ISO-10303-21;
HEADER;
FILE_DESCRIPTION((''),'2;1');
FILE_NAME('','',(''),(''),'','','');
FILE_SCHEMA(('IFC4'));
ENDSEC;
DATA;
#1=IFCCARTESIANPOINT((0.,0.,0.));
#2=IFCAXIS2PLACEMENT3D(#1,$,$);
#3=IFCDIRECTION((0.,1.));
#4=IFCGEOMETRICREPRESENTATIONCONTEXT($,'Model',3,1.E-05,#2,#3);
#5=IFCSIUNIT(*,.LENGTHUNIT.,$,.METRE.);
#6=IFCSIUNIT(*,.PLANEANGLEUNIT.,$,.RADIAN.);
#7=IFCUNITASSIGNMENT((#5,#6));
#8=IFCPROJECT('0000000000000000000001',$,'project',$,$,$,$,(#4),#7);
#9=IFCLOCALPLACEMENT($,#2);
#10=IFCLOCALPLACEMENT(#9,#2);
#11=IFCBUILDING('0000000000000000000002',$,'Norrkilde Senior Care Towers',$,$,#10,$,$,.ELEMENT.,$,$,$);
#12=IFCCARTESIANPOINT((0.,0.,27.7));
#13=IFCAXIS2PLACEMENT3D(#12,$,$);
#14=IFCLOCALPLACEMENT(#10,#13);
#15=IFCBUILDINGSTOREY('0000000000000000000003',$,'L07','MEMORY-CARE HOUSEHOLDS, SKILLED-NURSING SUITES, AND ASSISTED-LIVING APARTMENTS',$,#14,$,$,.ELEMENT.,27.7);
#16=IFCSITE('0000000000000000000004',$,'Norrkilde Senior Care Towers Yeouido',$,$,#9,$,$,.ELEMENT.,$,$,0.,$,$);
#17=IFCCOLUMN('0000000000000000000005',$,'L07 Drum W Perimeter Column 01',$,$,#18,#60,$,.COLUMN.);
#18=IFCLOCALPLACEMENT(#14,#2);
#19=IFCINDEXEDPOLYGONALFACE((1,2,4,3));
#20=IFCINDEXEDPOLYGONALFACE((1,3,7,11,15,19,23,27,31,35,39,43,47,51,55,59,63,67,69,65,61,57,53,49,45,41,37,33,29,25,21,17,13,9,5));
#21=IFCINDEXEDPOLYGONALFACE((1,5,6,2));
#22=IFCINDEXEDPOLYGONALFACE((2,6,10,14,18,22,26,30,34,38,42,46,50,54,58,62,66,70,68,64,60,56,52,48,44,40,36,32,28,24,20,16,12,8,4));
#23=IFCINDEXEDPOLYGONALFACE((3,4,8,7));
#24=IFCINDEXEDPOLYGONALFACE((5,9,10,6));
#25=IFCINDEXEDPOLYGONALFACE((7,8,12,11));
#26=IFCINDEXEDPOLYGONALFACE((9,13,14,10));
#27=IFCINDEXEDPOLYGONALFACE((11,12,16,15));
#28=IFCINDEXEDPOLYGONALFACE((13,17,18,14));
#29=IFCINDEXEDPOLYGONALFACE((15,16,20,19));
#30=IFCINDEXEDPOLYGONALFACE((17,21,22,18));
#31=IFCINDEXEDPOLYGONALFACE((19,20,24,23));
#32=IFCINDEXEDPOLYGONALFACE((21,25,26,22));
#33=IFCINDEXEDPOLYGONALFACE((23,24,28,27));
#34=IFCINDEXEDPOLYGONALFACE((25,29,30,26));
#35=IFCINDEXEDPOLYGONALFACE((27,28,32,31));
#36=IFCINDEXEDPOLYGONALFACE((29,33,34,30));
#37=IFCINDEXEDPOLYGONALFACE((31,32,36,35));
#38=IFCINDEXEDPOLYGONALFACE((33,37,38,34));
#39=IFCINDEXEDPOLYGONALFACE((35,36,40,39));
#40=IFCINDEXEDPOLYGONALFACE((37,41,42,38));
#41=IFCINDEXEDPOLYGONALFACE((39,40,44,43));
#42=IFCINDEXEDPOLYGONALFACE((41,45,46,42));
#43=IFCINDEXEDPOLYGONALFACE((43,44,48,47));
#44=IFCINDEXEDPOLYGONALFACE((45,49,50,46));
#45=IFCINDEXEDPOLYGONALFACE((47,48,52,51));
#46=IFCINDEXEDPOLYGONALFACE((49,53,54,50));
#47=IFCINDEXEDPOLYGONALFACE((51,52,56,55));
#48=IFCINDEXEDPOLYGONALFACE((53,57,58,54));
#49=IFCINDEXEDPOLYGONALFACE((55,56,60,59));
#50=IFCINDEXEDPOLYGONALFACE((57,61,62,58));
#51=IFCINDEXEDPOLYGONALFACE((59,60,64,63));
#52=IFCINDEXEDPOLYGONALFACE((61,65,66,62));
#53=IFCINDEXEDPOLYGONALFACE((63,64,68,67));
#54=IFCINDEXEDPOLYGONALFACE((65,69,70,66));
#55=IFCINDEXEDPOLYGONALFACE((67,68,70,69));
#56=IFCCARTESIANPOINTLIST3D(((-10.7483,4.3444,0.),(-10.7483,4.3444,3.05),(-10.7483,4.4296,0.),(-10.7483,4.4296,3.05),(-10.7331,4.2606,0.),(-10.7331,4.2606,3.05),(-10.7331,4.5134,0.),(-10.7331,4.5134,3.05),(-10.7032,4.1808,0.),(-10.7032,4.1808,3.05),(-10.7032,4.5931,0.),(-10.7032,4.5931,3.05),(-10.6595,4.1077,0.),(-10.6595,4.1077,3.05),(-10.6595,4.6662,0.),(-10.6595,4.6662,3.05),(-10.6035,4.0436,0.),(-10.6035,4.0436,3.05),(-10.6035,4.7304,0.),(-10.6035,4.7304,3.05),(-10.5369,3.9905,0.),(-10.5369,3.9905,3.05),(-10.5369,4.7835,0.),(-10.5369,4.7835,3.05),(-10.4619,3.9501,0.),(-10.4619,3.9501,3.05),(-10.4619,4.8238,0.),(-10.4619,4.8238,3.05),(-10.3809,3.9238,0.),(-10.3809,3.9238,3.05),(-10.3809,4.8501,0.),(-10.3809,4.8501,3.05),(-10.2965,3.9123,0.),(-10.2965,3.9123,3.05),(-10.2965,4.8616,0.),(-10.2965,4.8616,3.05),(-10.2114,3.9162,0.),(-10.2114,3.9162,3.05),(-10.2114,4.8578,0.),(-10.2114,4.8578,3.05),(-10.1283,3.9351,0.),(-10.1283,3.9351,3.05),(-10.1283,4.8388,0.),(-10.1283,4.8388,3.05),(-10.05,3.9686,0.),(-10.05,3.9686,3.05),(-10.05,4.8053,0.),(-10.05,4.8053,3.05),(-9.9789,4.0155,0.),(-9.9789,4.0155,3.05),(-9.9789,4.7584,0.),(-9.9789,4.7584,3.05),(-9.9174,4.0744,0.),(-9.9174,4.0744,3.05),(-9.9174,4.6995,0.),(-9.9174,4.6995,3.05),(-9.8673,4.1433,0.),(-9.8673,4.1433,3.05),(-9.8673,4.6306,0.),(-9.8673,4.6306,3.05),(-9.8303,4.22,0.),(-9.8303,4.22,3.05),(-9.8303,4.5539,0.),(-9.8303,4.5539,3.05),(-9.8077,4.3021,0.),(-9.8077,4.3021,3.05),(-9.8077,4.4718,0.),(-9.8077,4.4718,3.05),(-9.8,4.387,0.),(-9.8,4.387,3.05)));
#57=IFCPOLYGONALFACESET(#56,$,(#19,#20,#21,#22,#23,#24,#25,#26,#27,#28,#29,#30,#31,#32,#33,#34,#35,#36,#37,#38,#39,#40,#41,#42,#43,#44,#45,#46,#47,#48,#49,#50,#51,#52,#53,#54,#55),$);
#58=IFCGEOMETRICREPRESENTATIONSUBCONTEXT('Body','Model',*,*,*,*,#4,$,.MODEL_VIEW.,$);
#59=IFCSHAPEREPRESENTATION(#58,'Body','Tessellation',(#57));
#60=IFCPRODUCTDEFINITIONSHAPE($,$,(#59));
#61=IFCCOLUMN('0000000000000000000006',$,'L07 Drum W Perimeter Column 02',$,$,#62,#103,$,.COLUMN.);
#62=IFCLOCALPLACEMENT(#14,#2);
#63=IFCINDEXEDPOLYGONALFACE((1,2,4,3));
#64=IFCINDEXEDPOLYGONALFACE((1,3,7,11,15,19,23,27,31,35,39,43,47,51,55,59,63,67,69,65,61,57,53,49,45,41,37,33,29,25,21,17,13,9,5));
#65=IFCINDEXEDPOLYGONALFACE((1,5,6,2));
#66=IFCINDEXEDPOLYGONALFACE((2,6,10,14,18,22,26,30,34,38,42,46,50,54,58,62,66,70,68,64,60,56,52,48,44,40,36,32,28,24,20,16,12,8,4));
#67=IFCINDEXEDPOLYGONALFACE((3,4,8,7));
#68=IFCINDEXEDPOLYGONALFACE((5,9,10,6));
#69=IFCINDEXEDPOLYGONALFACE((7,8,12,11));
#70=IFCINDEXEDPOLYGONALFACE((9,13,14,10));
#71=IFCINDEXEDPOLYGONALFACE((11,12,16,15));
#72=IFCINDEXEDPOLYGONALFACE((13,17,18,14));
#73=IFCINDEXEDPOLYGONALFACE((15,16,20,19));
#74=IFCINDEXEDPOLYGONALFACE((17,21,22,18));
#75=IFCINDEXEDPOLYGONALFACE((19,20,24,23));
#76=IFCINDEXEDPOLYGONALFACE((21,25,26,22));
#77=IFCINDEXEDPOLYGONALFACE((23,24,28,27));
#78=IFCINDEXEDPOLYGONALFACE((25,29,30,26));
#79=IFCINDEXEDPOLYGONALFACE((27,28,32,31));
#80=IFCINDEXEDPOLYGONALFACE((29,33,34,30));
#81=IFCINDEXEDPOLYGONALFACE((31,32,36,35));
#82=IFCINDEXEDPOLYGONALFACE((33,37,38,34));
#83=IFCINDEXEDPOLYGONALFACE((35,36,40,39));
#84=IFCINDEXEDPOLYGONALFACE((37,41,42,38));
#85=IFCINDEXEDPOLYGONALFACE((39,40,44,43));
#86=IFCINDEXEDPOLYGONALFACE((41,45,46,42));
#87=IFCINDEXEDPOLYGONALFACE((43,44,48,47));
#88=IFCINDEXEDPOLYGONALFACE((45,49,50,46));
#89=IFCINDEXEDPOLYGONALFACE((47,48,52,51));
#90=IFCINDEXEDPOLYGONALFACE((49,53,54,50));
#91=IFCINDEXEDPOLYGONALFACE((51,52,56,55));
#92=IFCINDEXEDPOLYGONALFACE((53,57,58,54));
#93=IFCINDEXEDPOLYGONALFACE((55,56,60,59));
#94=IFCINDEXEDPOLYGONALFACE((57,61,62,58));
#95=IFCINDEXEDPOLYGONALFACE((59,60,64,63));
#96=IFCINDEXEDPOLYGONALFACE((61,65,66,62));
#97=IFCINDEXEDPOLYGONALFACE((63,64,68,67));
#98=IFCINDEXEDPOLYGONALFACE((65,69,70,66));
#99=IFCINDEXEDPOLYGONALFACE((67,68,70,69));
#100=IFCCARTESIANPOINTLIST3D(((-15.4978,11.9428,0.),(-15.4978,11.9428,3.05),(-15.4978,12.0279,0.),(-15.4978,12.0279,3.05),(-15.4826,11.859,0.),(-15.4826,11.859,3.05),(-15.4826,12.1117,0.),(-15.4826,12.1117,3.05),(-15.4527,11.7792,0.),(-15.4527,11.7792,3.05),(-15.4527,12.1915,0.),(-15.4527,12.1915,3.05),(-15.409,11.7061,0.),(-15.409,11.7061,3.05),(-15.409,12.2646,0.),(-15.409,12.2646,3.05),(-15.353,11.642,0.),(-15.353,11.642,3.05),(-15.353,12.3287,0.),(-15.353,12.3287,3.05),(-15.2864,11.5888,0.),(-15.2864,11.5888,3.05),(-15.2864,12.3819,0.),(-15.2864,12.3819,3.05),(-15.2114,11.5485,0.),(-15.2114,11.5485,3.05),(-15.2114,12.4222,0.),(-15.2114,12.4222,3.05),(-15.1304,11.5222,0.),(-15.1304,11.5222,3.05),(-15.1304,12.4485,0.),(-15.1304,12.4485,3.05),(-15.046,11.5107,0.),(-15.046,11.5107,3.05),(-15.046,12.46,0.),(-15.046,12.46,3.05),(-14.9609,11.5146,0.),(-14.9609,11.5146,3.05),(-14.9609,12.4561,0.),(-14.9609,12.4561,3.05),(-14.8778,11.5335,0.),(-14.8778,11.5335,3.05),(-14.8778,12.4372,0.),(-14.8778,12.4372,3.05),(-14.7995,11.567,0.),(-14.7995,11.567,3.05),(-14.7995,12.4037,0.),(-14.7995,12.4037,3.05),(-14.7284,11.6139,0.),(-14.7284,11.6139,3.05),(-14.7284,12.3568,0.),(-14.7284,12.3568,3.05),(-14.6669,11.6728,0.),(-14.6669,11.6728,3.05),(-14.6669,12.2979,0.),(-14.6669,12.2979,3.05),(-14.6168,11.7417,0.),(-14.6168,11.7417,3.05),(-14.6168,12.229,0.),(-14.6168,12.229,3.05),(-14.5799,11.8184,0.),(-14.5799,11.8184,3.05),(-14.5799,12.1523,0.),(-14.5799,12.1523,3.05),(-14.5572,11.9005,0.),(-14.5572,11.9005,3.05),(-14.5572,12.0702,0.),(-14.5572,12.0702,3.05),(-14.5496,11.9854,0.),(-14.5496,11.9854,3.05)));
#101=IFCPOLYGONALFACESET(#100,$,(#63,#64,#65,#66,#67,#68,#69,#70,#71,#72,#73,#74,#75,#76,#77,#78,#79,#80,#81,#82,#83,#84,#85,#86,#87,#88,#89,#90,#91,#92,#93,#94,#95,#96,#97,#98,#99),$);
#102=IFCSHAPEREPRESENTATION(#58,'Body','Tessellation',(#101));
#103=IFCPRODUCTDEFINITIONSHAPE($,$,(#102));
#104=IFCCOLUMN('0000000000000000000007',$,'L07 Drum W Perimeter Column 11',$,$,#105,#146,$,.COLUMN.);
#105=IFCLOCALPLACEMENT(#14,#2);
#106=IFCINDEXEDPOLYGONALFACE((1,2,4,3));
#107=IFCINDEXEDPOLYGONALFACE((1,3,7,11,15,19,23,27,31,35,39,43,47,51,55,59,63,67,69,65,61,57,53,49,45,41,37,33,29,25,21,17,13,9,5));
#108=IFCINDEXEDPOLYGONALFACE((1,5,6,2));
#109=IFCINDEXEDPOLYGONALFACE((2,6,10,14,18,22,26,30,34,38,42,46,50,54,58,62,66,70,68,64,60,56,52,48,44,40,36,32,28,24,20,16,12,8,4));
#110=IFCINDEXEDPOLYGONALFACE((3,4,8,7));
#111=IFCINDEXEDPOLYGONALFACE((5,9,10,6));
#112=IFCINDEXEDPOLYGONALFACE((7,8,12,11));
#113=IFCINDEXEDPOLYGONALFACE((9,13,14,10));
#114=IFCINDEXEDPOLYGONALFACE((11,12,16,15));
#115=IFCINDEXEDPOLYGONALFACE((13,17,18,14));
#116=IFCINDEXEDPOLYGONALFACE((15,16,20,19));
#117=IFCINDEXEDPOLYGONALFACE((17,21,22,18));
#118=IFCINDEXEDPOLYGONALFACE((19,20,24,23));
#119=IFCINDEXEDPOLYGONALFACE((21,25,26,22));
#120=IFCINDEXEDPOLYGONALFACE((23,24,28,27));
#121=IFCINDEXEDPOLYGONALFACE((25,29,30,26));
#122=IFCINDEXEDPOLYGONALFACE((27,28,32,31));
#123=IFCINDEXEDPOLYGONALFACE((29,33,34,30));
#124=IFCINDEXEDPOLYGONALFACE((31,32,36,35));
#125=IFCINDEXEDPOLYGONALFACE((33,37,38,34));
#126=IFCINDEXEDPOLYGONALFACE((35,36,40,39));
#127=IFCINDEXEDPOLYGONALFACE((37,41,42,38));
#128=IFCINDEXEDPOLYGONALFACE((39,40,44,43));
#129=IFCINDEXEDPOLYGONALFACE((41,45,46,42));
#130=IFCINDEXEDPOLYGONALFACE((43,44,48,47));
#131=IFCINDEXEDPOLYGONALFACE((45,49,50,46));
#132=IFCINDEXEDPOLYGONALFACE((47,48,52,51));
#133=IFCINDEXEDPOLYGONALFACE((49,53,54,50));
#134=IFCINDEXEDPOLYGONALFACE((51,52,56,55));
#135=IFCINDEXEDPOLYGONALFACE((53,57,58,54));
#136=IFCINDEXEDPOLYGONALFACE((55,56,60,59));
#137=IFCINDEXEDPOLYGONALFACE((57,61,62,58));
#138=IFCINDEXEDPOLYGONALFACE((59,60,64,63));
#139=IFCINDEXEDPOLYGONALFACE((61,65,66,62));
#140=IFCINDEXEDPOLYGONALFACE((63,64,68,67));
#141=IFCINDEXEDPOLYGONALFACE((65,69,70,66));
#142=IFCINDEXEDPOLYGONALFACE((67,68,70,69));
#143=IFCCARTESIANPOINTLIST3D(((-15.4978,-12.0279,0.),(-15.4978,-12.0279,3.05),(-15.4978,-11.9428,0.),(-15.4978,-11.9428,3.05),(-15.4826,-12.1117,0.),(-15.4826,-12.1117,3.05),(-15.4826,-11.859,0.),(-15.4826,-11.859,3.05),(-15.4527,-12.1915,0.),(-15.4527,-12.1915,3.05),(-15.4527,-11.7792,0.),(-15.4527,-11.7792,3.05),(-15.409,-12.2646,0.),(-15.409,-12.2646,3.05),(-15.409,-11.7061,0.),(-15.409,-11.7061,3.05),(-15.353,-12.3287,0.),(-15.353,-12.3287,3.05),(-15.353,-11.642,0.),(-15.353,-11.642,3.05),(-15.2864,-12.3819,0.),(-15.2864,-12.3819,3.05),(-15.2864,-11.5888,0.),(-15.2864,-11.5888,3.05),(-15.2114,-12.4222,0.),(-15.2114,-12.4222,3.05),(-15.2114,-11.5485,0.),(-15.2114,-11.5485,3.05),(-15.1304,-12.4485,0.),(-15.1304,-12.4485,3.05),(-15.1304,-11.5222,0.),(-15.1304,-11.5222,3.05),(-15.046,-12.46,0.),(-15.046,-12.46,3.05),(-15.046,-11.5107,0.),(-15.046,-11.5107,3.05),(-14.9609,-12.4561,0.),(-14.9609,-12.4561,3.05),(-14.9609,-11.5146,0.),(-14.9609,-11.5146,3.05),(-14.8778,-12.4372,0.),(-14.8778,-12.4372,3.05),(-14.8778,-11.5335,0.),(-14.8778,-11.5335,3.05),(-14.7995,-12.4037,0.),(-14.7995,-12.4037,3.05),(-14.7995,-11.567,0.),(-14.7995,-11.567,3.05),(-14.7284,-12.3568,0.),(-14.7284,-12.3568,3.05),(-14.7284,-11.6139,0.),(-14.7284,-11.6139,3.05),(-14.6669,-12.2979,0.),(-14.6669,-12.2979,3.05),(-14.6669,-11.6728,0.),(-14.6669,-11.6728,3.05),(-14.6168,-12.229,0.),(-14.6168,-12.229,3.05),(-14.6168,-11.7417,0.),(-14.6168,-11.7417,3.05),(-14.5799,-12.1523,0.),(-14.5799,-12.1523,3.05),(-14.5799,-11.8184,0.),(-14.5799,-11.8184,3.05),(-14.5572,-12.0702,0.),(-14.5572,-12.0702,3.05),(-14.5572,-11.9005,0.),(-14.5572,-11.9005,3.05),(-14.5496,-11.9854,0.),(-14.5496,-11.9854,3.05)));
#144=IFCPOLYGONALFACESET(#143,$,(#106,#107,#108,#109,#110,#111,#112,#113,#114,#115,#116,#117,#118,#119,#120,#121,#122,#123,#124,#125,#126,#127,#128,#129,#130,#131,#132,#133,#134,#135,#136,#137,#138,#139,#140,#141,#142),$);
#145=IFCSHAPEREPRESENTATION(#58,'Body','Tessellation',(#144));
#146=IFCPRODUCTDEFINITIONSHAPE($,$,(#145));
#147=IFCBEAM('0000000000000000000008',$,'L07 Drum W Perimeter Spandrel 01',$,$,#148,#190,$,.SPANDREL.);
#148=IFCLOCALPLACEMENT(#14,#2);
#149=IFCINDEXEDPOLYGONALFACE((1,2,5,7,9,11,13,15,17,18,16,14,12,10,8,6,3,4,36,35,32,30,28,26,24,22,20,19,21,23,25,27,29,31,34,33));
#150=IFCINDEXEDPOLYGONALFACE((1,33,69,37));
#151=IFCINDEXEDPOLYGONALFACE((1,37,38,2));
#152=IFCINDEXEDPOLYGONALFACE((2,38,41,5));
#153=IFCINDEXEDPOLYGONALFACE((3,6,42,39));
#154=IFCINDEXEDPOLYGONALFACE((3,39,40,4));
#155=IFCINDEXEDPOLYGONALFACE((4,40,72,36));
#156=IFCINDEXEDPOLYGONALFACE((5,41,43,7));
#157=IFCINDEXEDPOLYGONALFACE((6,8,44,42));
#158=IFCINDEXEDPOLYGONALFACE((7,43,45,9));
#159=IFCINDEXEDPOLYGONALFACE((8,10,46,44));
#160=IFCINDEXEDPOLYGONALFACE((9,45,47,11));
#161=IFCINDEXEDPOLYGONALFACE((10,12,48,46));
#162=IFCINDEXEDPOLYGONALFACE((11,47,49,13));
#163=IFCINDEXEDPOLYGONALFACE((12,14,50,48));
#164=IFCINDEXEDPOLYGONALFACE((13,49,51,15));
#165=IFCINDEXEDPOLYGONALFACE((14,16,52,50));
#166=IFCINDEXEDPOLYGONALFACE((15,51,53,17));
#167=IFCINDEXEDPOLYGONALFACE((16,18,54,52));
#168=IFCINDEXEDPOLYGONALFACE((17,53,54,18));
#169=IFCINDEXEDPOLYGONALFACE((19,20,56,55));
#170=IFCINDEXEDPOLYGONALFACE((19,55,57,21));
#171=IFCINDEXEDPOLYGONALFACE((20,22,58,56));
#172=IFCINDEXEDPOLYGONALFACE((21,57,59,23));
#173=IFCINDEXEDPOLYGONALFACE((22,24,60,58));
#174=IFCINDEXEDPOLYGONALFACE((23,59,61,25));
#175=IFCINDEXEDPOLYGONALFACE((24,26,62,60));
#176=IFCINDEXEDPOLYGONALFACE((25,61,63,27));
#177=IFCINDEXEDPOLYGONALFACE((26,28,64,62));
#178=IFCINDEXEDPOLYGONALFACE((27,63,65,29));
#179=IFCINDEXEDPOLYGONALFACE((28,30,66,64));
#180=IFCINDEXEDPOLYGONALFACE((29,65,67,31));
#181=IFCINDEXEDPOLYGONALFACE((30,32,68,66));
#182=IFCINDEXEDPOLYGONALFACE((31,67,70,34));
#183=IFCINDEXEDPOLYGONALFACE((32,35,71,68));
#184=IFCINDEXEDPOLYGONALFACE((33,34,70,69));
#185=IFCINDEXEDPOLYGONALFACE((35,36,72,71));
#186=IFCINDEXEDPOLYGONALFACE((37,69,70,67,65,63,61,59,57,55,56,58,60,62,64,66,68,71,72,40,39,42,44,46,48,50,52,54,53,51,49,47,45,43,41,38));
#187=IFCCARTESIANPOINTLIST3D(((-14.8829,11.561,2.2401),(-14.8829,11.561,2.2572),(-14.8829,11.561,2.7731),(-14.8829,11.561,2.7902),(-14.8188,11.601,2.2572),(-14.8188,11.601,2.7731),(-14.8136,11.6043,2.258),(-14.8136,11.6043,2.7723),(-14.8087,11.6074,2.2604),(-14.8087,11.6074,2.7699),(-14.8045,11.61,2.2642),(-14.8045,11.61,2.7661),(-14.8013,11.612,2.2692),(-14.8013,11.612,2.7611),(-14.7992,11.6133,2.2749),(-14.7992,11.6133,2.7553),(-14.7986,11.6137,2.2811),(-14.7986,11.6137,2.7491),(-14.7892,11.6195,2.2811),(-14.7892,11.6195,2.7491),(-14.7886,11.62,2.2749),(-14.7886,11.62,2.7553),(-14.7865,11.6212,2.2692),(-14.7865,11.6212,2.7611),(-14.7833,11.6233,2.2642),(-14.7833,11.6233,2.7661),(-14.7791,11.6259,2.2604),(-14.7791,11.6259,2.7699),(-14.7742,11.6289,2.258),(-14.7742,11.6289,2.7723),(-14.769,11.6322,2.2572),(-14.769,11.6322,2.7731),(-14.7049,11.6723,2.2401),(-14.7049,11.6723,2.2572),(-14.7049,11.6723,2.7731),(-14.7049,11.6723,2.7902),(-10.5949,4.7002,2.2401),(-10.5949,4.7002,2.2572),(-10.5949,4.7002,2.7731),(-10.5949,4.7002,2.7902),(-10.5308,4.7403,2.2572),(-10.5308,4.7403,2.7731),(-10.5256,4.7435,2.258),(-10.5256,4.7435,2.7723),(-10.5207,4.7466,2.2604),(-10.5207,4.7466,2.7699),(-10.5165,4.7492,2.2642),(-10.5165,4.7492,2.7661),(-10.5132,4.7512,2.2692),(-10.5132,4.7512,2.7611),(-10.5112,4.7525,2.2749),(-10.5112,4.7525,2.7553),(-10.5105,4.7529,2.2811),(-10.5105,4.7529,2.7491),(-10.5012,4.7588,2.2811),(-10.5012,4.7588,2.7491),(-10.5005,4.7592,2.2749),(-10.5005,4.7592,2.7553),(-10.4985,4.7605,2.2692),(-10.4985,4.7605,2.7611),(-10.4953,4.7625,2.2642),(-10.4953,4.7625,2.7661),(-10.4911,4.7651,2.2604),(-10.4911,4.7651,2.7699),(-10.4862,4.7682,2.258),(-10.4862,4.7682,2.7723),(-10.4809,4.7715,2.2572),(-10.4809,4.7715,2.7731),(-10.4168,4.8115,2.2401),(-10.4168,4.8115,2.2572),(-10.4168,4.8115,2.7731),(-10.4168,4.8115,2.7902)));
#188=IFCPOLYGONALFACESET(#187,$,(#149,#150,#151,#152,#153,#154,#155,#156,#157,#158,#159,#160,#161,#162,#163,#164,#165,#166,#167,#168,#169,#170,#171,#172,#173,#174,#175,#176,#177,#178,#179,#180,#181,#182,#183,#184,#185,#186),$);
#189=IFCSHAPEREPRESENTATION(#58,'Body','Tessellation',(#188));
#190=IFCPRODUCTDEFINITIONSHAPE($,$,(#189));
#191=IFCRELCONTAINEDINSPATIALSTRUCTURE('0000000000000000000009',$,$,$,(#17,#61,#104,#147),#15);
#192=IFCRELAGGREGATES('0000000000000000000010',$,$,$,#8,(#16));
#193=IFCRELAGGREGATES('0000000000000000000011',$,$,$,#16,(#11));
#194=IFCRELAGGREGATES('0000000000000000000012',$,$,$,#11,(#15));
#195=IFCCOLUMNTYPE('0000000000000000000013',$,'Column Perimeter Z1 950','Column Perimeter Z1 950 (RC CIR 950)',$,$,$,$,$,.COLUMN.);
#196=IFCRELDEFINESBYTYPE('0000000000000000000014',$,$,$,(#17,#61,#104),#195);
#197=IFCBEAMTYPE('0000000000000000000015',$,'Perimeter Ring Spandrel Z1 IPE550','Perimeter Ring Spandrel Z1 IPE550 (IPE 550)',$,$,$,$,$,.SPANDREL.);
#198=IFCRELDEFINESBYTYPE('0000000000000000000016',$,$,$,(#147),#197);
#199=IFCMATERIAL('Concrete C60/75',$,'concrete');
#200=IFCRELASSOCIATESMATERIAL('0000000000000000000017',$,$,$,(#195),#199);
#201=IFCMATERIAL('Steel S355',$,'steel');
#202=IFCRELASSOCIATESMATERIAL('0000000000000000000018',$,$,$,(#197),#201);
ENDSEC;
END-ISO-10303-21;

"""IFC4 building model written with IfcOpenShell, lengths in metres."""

from ifc_helpers import new_model, si_unit, direction, frame, origin, origin_2d, place, context, subcontext, project, spatial, circle, i_section, extrude, source, transform, mapped, material, material_profile, profile_set, type_object, type_shapes, element, save


model = new_model("IFC4")

# Units and contexts
model_context = context("Model", 3, precision=1e-05, world=origin(), true_north=direction((0.0, 1.0)))
body_context = subcontext(model_context, "Body", "Model", "MODEL_VIEW")
ifc_project = project(units=[si_unit("LENGTHUNIT", "METRE"), si_unit("PLANEANGLEUNIT", "RADIAN")], contexts=[model_context])

# Site, building, storey
site_placement = place(None, origin())
site = spatial("IfcSite", under=ifc_project, at=site_placement, Name="Norrkilde Senior Care Towers Yeouido", CompositionType="ELEMENT", RefElevation=0.0)
building_placement = place(site_placement, origin())
building = spatial("IfcBuilding", under=site, at=building_placement, Name="Norrkilde Senior Care Towers", CompositionType="ELEMENT")
storey_placement = place(building_placement, frame((0.0, 0.0, 27.7)))
storey = spatial("IfcBuildingStorey", under=building, at=storey_placement, Name="L07", Description="MEMORY-CARE HOUSEHOLDS, SKILLED-NURSING SUITES, AND ASSISTED-LIVING APARTMENTS", CompositionType="ELEMENT", Elevation=27.7)

# Columns
ifc_material_1 = material(Name="Concrete C60/75", Category="concrete")
ifc_material_profile_1 = material_profile(ifc_material_1, circle(Radius=0.4751, at=origin_2d()), Name="RC CIR 950")
ifc_profile_set_1 = profile_set([ifc_material_profile_1], Name="Concrete C60/75")
column_type = type_object("IfcColumnType", Name="Column Perimeter Z1 950", Description="Column Perimeter Z1 950 (RC CIR 950)", PredefinedType="COLUMN", material=ifc_profile_set_1)
shared_shape_1 = source(origin(), body_context, "Body", "SweptSolid", [
    extrude(circle(Radius=0.4751, at=origin_2d()), origin(), (0.0, 0.0, 1.0), 3.05),
])
type_shapes(column_type, [shared_shape_1])
for number, where, z_axis, x_axis, name in (
    (1, (-10.2751, 4.387, 0.0), (0.0, 0.0, 1.0), (1.0, 0.0, 0.0), "L07 Drum W Perimeter Column 01"),
    (2, (-15.0247, 11.9854, 0.0), (0.0, 0.0, 1.0), (1.0, 0.0, 0.0), "L07 Drum W Perimeter Column 02"),
    (3, (-15.0247, -11.9854, 0.0), (0.0, 0.0, 1.0), (1.0, 0.0, 0.0), "L07 Drum W Perimeter Column 11"),
):
    element("IfcColumn", number, at=place(storey_placement, frame(where, z_axis=z_axis, x_axis=x_axis)), inside=storey, type_object=column_type, Name=name, PredefinedType="COLUMN", context=body_context, shape_type="MappedRepresentation", body=[
        mapped(shared_shape_1, transform((0.0, 0.0, 0.0), x_axis=(1.0, 0.0, 0.0), y_axis=(0.0, 1.0, 0.0), z_axis=(0.0, 0.0, 1.0), scale=1.0)),
    ])

# Beam
ifc_material_2 = material(Name="Steel S355", Category="steel")
ifc_material_profile_2 = material_profile(ifc_material_2, i_section(OverallWidth=0.21, OverallDepth=0.55, WebThickness=0.011, FlangeThickness=0.0171, FilletRadius=0.0239, at=origin_2d()), Name="IPE 550")
ifc_profile_set_2 = profile_set([ifc_material_profile_2], Name="Steel S355")
beam_type_1 = type_object("IfcBeamType", Name="Perimeter Ring Spandrel Z1 IPE550", Description="Perimeter Ring Spandrel Z1 IPE550 (IPE 550)", PredefinedType="SPANDREL", material=ifc_profile_set_2)
shared_shape_2 = source(origin(), body_context, "Body", "SweptSolid", [
    extrude(i_section(OverallWidth=0.21, OverallDepth=0.55, WebThickness=0.011, FlangeThickness=0.0171, FilletRadius=0.0239, at=origin_2d()), origin(), (0.0, 0.0, 1.0), 8.0906),
])
for number, where, z_axis, x_axis, name in (
    (4, (-10.5059, 4.7559, 2.5151), (-0.530004, 0.847995, 0.0), (-0.847995, -0.530004, 0.0), "L07 Drum W Perimeter Spandrel 01"),
):
    element("IfcBeam", number, at=place(storey_placement, frame(where, z_axis=z_axis, x_axis=x_axis)), inside=storey, type_object=beam_type_1, Name=name, PredefinedType="SPANDREL", context=body_context, shape_type="MappedRepresentation", body=[
        mapped(shared_shape_2, transform((0.0, 0.0, 0.0), x_axis=(1.0, 0.0, 0.0), y_axis=(0.0, 1.0, 0.0), z_axis=(0.0, 0.0, 1.0), scale=1.0)),
    ])

save(model, "model.ifc")
